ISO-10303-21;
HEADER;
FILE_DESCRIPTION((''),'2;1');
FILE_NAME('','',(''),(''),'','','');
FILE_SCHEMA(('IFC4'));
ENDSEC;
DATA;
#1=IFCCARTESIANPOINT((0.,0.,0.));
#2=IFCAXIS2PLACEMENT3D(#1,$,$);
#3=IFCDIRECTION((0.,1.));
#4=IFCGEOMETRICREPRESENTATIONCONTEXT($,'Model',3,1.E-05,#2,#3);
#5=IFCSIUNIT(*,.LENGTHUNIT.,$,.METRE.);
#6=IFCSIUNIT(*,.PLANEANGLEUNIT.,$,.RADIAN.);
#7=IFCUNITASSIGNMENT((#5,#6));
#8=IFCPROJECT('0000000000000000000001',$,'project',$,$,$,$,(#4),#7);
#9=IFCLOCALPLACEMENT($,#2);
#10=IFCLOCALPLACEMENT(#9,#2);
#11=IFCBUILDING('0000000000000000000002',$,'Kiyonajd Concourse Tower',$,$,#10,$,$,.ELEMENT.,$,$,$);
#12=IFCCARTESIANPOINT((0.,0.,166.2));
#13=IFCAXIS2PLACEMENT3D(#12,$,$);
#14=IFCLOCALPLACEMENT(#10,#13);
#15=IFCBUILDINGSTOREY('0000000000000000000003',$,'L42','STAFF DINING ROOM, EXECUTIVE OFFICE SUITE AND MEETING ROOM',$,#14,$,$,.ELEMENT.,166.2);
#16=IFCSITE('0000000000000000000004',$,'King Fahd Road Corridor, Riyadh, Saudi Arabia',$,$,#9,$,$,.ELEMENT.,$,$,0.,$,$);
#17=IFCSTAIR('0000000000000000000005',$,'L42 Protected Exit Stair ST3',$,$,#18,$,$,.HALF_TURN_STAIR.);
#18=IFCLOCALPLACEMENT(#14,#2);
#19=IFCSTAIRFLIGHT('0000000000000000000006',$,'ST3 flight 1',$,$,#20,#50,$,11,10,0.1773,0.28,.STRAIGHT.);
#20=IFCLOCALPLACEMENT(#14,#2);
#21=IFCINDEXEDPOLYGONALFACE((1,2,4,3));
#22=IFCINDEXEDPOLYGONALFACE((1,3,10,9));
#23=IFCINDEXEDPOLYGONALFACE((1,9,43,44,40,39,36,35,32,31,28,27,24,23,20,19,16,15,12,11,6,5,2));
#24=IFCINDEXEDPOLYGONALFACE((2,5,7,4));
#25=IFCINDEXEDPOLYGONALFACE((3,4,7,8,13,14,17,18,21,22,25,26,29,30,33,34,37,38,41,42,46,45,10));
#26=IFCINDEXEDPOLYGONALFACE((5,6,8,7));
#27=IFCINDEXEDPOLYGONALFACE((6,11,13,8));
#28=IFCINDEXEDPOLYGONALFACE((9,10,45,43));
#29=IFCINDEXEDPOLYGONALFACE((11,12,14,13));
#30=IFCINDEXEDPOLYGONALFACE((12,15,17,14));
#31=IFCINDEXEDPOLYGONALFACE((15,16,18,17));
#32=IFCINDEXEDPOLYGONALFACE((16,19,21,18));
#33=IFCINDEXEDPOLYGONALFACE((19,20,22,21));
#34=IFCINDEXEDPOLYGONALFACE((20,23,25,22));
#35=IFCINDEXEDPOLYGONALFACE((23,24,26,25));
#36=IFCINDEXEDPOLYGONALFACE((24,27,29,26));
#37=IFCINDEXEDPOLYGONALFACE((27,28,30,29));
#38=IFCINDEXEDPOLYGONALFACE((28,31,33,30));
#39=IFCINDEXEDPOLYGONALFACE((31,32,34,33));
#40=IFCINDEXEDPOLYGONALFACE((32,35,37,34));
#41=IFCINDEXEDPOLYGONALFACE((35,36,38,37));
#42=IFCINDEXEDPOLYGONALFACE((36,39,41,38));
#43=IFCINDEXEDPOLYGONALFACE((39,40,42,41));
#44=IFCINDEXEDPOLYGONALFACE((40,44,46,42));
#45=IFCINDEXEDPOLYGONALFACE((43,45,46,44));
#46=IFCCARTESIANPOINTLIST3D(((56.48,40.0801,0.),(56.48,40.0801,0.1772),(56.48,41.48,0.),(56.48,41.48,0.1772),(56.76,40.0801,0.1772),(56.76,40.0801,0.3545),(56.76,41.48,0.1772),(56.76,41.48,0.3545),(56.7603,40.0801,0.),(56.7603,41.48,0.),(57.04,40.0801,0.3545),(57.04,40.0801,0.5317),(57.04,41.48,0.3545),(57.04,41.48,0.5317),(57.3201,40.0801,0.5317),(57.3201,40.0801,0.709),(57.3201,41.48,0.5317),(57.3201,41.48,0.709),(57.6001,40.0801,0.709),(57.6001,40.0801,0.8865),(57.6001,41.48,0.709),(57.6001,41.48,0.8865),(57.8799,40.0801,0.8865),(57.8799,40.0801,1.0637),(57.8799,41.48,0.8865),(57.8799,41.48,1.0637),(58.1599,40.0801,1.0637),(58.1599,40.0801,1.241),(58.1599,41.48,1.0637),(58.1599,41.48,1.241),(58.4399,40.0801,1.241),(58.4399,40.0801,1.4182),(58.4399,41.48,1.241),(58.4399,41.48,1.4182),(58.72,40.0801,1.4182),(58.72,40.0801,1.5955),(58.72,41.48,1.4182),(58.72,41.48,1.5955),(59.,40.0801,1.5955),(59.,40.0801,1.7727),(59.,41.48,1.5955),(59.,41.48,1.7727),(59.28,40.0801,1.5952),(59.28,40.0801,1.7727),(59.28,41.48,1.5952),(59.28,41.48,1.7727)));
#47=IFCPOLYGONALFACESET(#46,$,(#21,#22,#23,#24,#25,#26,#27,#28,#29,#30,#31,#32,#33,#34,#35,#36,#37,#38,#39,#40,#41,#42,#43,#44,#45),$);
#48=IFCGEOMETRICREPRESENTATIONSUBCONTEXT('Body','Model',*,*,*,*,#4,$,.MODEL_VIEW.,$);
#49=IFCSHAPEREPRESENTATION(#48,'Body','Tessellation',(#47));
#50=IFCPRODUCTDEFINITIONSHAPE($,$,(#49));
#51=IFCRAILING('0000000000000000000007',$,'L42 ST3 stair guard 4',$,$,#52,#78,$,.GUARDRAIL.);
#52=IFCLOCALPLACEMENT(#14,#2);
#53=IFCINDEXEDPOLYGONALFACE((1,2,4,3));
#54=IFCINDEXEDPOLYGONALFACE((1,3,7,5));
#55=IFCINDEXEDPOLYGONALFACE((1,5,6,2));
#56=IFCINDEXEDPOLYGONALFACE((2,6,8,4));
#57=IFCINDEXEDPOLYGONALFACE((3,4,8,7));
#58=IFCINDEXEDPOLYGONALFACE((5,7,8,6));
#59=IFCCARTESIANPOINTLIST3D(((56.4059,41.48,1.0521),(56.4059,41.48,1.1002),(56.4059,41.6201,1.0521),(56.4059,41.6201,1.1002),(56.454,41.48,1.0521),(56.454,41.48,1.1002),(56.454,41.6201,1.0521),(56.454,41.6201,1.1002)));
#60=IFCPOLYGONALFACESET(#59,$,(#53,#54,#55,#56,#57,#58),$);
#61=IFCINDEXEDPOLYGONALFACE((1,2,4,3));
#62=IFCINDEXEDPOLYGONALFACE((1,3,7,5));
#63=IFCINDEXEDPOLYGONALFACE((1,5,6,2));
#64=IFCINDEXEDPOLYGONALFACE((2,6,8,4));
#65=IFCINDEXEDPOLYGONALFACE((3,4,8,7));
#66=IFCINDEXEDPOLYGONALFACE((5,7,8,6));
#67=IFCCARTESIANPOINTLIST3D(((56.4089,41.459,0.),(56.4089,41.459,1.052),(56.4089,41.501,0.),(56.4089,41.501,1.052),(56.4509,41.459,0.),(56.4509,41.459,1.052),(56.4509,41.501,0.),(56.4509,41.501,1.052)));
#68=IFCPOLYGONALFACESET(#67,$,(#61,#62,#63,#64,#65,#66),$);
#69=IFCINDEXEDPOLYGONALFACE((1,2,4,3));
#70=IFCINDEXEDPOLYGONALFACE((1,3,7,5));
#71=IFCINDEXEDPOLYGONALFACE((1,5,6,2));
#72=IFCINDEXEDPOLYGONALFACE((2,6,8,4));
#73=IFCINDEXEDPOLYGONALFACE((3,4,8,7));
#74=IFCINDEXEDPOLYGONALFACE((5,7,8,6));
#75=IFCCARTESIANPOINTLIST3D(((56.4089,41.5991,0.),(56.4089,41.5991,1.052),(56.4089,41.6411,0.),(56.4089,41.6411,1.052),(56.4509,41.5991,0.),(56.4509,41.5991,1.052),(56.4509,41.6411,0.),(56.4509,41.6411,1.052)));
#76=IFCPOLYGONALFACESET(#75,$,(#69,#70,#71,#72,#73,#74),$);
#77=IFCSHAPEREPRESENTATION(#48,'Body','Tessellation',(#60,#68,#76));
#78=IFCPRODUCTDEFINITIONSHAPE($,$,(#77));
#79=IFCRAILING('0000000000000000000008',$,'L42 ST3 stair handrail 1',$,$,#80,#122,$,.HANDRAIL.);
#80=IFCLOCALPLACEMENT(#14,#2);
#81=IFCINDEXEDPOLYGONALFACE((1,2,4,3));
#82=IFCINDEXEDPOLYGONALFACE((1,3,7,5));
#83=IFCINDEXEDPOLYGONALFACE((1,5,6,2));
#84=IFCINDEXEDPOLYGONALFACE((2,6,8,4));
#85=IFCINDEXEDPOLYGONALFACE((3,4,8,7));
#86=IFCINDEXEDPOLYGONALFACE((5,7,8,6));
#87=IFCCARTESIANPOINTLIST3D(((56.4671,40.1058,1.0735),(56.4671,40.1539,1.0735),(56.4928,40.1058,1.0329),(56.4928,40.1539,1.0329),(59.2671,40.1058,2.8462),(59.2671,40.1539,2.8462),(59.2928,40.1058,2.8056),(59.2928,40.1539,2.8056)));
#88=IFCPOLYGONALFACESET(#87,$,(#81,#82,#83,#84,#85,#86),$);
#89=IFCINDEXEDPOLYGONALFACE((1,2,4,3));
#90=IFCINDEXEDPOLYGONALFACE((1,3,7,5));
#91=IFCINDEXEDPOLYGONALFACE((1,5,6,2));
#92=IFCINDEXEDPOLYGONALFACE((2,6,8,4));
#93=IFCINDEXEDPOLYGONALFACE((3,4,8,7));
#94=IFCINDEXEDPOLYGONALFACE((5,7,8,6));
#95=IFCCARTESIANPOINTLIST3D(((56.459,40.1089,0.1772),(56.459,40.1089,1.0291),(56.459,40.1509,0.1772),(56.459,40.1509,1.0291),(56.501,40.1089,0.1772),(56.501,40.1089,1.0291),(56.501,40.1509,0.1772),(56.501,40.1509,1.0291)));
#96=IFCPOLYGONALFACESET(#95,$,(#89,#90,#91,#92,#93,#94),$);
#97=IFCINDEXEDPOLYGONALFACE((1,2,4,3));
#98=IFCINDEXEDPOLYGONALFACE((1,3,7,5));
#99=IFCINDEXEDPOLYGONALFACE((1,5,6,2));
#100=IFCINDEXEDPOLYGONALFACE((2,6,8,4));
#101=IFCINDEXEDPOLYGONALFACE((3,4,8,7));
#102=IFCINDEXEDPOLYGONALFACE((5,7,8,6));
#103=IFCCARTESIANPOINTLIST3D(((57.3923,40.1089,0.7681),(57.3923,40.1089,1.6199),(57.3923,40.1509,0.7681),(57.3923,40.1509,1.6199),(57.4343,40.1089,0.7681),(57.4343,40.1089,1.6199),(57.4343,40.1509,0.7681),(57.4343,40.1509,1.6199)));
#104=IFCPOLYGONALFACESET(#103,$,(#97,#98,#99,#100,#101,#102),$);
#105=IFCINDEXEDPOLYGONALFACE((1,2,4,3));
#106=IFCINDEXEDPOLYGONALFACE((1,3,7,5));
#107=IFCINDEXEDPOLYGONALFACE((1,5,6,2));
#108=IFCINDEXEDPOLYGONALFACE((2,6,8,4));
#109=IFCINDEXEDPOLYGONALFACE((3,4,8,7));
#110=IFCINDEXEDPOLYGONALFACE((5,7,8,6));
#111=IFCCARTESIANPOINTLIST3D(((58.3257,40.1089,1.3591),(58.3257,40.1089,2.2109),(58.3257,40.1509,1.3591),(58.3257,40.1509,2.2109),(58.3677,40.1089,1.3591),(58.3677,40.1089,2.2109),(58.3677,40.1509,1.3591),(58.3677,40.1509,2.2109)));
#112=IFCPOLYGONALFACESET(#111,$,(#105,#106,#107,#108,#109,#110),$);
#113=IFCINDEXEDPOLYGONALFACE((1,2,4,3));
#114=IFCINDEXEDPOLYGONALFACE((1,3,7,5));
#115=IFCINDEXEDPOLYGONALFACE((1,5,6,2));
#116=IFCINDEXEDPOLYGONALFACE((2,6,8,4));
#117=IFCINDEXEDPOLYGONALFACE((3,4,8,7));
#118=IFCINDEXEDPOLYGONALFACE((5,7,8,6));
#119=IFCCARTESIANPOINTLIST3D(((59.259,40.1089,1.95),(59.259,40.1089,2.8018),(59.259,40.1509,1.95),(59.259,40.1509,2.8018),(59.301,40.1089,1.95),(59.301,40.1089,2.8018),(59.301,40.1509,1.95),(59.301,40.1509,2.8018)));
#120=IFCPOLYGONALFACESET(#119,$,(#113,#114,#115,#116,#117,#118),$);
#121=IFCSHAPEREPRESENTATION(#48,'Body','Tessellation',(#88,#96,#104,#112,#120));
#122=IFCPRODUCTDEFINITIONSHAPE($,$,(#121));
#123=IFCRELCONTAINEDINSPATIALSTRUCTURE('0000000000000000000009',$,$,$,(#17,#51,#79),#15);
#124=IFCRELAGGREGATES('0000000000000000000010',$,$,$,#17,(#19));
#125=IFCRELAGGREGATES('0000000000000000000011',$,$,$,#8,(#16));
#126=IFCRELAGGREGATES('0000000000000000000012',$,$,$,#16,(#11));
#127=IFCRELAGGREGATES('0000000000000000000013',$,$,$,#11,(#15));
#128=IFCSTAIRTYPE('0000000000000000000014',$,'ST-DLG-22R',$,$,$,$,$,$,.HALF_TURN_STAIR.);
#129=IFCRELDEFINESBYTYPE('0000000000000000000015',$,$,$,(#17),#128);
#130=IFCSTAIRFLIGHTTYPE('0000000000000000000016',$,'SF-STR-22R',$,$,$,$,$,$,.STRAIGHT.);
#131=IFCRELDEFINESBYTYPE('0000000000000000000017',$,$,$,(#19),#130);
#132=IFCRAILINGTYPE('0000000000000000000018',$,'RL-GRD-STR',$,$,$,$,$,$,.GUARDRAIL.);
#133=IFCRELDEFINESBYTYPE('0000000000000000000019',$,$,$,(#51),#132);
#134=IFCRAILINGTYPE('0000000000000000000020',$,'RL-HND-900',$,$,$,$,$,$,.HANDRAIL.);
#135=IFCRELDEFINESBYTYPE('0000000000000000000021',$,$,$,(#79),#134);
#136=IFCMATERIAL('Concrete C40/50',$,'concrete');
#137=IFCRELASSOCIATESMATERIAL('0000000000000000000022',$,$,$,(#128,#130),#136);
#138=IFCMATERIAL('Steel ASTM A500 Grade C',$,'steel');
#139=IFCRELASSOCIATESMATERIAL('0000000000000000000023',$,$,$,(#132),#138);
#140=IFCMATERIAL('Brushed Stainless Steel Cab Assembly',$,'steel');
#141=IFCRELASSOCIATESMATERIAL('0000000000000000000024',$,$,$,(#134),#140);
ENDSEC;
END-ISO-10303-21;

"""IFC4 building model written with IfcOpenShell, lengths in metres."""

from ifc_helpers import new_model, si_unit, direction, frame, origin, origin_2d, place, context, subcontext, project, spatial, polyline, rectangle, outline, extrude, material, type_object, element, aggregate, save


model = new_model("IFC4")

# Units and contexts
model_context = context("Model", 3, precision=1e-05, world=origin(), true_north=direction((0.0, 1.0)))
body_context = subcontext(model_context, "Body", "Model", "MODEL_VIEW")
ifc_project = project(units=[si_unit("LENGTHUNIT", "METRE"), si_unit("PLANEANGLEUNIT", "RADIAN")], contexts=[model_context])

# Site, building, storey
site_placement = place(None, origin())
site = spatial("IfcSite", under=ifc_project, at=site_placement, Name="King Fahd Road Corridor, Riyadh, Saudi Arabia", CompositionType="ELEMENT", RefElevation=0.0)
building_placement = place(site_placement, origin())
building = spatial("IfcBuilding", under=site, at=building_placement, Name="Kiyonajd Concourse Tower", CompositionType="ELEMENT")
storey_placement = place(building_placement, frame((0.0, 0.0, 166.2)))
storey = spatial("IfcBuildingStorey", under=building, at=storey_placement, Name="L42", Description="STAFF DINING ROOM, EXECUTIVE OFFICE SUITE AND MEETING ROOM", CompositionType="ELEMENT", Elevation=166.2)

# Shared definitions
ifc_material_1 = material(Name="Brushed Stainless Steel Cab Assembly", Category="steel")

# Stair, stair flight
ifc_material_2 = material(Name="Concrete C40/50", Category="concrete")
stair_type = type_object("IfcStairType", Name="ST-DLG-22R", PredefinedType="HALF_TURN_STAIR", material=ifc_material_2)
stair_placement = place(storey_placement, origin())
stair = element("IfcStair", 1, at=stair_placement, inside=storey, type_object=stair_type, Name="L42 Protected Exit Stair ST3", PredefinedType="HALF_TURN_STAIR")
stair_flight_type = type_object("IfcStairFlightType", Name="SF-STR-22R", PredefinedType="STRAIGHT", material=ifc_material_2)
stair_flight_placement = place(storey_placement, frame((56.48, 40.78, 0.0), z_axis=(0.0, 0.0, 1.0), x_axis=(1.0, 0.0, 0.0)))
stair_flight = element("IfcStairFlight", 2, at=stair_flight_placement, type_object=stair_flight_type, Name="ST3 flight 1", NumberOfRisers=11, NumberOfTreads=10, PredefinedType="STRAIGHT", RiserHeight=0.1773, TreadLength=0.28, context=body_context, shape_type="SweptSolid", body=[
    extrude(outline(polyline([(0.0, 0.0), (0.0, 0.1772), (0.28, 0.1772), (0.28, 0.3545), (0.5601, 0.3545), (0.5601, 0.5317), (0.8401, 0.5317), (0.8401, 0.709), (1.1201, 0.709), (1.1201, 0.8865), (1.3999, 0.8865), (1.3999, 1.0637), (1.6799, 1.0637), (1.6799, 1.241), (1.96, 1.241), (1.96, 1.4182), (2.24, 1.4182), (2.24, 1.5955), (2.52, 1.5955), (2.52, 1.7727), (2.8, 1.7727), (2.8, 1.95), (2.8, 1.5952), (0.2803, 0.0), (0.0, 0.0)])), frame((0.0, 0.7, 0.0), z_axis=(0.0, -1.0, 0.0), x_axis=(1.0, 0.0, 0.0)), (0.0, 0.0, 1.0), 1.3999),
])
aggregate(stair, [stair_flight])

# Railings
ifc_material_3 = material(Name="Steel ASTM A500 Grade C", Category="steel")
railing_type_1 = type_object("IfcRailingType", Name="RL-GRD-STR", PredefinedType="GUARDRAIL", material=ifc_material_3)
railing_1_placement = place(storey_placement, frame((56.4299, 41.48, 0.0)))
element("IfcRailing", 3, at=railing_1_placement, inside=storey, type_object=railing_type_1, Name="L42 ST3 stair guard 4", PredefinedType="GUARDRAIL", context=body_context, shape_type="SweptSolid", body=[
    extrude(rectangle(XDim=0.0481, YDim=0.0481, at=origin_2d()), frame((0.0, 0.0, 1.0762), z_axis=(0.0, 1.0, 0.0), x_axis=(-1.0, 0.0, 0.0)), (0.0, 0.0, 1.0), 0.1401),
    extrude(rectangle(XDim=0.042, YDim=0.042, at=origin_2d()), origin(), (0.0, 0.0, 1.0), 1.052),
    extrude(rectangle(XDim=0.042, YDim=0.042, at=origin_2d()), frame((0.0, 0.1401, 0.0)), (0.0, 0.0, 1.0), 1.052),
])
railing_type_2 = type_object("IfcRailingType", Name="RL-HND-900", PredefinedType="HANDRAIL", material=ifc_material_1)
railing_2_placement = place(storey_placement, frame((56.48, 40.1299, 0.1772)))
element("IfcRailing", 4, at=railing_2_placement, inside=storey, type_object=railing_type_2, Name="L42 ST3 stair handrail 1", PredefinedType="HANDRAIL", context=body_context, shape_type="SweptSolid", body=[
    extrude(rectangle(XDim=0.0481, YDim=0.0481, at=origin_2d()), frame((0.0, 0.0, 0.876), z_axis=(0.844909, 0.0, 0.53491), x_axis=(0.0, 1.0, 0.0)), (0.0, 0.0, 1.0), 3.314),
    extrude(rectangle(XDim=0.042, YDim=0.042, at=origin_2d()), origin(), (0.0, 0.0, 1.0), 0.8518),
    extrude(rectangle(XDim=0.042, YDim=0.042, at=origin_2d()), frame((0.9333, 0.0, 0.5908)), (0.0, 0.0, 1.0), 0.8518),
    extrude(rectangle(XDim=0.042, YDim=0.042, at=origin_2d()), frame((1.8667, 0.0, 1.1819)), (0.0, 0.0, 1.0), 0.8518),
    extrude(rectangle(XDim=0.042, YDim=0.042, at=origin_2d()), frame((2.8, 0.0, 1.7727)), (0.0, 0.0, 1.0), 0.8518),
])

save(model, "model.ifc")
